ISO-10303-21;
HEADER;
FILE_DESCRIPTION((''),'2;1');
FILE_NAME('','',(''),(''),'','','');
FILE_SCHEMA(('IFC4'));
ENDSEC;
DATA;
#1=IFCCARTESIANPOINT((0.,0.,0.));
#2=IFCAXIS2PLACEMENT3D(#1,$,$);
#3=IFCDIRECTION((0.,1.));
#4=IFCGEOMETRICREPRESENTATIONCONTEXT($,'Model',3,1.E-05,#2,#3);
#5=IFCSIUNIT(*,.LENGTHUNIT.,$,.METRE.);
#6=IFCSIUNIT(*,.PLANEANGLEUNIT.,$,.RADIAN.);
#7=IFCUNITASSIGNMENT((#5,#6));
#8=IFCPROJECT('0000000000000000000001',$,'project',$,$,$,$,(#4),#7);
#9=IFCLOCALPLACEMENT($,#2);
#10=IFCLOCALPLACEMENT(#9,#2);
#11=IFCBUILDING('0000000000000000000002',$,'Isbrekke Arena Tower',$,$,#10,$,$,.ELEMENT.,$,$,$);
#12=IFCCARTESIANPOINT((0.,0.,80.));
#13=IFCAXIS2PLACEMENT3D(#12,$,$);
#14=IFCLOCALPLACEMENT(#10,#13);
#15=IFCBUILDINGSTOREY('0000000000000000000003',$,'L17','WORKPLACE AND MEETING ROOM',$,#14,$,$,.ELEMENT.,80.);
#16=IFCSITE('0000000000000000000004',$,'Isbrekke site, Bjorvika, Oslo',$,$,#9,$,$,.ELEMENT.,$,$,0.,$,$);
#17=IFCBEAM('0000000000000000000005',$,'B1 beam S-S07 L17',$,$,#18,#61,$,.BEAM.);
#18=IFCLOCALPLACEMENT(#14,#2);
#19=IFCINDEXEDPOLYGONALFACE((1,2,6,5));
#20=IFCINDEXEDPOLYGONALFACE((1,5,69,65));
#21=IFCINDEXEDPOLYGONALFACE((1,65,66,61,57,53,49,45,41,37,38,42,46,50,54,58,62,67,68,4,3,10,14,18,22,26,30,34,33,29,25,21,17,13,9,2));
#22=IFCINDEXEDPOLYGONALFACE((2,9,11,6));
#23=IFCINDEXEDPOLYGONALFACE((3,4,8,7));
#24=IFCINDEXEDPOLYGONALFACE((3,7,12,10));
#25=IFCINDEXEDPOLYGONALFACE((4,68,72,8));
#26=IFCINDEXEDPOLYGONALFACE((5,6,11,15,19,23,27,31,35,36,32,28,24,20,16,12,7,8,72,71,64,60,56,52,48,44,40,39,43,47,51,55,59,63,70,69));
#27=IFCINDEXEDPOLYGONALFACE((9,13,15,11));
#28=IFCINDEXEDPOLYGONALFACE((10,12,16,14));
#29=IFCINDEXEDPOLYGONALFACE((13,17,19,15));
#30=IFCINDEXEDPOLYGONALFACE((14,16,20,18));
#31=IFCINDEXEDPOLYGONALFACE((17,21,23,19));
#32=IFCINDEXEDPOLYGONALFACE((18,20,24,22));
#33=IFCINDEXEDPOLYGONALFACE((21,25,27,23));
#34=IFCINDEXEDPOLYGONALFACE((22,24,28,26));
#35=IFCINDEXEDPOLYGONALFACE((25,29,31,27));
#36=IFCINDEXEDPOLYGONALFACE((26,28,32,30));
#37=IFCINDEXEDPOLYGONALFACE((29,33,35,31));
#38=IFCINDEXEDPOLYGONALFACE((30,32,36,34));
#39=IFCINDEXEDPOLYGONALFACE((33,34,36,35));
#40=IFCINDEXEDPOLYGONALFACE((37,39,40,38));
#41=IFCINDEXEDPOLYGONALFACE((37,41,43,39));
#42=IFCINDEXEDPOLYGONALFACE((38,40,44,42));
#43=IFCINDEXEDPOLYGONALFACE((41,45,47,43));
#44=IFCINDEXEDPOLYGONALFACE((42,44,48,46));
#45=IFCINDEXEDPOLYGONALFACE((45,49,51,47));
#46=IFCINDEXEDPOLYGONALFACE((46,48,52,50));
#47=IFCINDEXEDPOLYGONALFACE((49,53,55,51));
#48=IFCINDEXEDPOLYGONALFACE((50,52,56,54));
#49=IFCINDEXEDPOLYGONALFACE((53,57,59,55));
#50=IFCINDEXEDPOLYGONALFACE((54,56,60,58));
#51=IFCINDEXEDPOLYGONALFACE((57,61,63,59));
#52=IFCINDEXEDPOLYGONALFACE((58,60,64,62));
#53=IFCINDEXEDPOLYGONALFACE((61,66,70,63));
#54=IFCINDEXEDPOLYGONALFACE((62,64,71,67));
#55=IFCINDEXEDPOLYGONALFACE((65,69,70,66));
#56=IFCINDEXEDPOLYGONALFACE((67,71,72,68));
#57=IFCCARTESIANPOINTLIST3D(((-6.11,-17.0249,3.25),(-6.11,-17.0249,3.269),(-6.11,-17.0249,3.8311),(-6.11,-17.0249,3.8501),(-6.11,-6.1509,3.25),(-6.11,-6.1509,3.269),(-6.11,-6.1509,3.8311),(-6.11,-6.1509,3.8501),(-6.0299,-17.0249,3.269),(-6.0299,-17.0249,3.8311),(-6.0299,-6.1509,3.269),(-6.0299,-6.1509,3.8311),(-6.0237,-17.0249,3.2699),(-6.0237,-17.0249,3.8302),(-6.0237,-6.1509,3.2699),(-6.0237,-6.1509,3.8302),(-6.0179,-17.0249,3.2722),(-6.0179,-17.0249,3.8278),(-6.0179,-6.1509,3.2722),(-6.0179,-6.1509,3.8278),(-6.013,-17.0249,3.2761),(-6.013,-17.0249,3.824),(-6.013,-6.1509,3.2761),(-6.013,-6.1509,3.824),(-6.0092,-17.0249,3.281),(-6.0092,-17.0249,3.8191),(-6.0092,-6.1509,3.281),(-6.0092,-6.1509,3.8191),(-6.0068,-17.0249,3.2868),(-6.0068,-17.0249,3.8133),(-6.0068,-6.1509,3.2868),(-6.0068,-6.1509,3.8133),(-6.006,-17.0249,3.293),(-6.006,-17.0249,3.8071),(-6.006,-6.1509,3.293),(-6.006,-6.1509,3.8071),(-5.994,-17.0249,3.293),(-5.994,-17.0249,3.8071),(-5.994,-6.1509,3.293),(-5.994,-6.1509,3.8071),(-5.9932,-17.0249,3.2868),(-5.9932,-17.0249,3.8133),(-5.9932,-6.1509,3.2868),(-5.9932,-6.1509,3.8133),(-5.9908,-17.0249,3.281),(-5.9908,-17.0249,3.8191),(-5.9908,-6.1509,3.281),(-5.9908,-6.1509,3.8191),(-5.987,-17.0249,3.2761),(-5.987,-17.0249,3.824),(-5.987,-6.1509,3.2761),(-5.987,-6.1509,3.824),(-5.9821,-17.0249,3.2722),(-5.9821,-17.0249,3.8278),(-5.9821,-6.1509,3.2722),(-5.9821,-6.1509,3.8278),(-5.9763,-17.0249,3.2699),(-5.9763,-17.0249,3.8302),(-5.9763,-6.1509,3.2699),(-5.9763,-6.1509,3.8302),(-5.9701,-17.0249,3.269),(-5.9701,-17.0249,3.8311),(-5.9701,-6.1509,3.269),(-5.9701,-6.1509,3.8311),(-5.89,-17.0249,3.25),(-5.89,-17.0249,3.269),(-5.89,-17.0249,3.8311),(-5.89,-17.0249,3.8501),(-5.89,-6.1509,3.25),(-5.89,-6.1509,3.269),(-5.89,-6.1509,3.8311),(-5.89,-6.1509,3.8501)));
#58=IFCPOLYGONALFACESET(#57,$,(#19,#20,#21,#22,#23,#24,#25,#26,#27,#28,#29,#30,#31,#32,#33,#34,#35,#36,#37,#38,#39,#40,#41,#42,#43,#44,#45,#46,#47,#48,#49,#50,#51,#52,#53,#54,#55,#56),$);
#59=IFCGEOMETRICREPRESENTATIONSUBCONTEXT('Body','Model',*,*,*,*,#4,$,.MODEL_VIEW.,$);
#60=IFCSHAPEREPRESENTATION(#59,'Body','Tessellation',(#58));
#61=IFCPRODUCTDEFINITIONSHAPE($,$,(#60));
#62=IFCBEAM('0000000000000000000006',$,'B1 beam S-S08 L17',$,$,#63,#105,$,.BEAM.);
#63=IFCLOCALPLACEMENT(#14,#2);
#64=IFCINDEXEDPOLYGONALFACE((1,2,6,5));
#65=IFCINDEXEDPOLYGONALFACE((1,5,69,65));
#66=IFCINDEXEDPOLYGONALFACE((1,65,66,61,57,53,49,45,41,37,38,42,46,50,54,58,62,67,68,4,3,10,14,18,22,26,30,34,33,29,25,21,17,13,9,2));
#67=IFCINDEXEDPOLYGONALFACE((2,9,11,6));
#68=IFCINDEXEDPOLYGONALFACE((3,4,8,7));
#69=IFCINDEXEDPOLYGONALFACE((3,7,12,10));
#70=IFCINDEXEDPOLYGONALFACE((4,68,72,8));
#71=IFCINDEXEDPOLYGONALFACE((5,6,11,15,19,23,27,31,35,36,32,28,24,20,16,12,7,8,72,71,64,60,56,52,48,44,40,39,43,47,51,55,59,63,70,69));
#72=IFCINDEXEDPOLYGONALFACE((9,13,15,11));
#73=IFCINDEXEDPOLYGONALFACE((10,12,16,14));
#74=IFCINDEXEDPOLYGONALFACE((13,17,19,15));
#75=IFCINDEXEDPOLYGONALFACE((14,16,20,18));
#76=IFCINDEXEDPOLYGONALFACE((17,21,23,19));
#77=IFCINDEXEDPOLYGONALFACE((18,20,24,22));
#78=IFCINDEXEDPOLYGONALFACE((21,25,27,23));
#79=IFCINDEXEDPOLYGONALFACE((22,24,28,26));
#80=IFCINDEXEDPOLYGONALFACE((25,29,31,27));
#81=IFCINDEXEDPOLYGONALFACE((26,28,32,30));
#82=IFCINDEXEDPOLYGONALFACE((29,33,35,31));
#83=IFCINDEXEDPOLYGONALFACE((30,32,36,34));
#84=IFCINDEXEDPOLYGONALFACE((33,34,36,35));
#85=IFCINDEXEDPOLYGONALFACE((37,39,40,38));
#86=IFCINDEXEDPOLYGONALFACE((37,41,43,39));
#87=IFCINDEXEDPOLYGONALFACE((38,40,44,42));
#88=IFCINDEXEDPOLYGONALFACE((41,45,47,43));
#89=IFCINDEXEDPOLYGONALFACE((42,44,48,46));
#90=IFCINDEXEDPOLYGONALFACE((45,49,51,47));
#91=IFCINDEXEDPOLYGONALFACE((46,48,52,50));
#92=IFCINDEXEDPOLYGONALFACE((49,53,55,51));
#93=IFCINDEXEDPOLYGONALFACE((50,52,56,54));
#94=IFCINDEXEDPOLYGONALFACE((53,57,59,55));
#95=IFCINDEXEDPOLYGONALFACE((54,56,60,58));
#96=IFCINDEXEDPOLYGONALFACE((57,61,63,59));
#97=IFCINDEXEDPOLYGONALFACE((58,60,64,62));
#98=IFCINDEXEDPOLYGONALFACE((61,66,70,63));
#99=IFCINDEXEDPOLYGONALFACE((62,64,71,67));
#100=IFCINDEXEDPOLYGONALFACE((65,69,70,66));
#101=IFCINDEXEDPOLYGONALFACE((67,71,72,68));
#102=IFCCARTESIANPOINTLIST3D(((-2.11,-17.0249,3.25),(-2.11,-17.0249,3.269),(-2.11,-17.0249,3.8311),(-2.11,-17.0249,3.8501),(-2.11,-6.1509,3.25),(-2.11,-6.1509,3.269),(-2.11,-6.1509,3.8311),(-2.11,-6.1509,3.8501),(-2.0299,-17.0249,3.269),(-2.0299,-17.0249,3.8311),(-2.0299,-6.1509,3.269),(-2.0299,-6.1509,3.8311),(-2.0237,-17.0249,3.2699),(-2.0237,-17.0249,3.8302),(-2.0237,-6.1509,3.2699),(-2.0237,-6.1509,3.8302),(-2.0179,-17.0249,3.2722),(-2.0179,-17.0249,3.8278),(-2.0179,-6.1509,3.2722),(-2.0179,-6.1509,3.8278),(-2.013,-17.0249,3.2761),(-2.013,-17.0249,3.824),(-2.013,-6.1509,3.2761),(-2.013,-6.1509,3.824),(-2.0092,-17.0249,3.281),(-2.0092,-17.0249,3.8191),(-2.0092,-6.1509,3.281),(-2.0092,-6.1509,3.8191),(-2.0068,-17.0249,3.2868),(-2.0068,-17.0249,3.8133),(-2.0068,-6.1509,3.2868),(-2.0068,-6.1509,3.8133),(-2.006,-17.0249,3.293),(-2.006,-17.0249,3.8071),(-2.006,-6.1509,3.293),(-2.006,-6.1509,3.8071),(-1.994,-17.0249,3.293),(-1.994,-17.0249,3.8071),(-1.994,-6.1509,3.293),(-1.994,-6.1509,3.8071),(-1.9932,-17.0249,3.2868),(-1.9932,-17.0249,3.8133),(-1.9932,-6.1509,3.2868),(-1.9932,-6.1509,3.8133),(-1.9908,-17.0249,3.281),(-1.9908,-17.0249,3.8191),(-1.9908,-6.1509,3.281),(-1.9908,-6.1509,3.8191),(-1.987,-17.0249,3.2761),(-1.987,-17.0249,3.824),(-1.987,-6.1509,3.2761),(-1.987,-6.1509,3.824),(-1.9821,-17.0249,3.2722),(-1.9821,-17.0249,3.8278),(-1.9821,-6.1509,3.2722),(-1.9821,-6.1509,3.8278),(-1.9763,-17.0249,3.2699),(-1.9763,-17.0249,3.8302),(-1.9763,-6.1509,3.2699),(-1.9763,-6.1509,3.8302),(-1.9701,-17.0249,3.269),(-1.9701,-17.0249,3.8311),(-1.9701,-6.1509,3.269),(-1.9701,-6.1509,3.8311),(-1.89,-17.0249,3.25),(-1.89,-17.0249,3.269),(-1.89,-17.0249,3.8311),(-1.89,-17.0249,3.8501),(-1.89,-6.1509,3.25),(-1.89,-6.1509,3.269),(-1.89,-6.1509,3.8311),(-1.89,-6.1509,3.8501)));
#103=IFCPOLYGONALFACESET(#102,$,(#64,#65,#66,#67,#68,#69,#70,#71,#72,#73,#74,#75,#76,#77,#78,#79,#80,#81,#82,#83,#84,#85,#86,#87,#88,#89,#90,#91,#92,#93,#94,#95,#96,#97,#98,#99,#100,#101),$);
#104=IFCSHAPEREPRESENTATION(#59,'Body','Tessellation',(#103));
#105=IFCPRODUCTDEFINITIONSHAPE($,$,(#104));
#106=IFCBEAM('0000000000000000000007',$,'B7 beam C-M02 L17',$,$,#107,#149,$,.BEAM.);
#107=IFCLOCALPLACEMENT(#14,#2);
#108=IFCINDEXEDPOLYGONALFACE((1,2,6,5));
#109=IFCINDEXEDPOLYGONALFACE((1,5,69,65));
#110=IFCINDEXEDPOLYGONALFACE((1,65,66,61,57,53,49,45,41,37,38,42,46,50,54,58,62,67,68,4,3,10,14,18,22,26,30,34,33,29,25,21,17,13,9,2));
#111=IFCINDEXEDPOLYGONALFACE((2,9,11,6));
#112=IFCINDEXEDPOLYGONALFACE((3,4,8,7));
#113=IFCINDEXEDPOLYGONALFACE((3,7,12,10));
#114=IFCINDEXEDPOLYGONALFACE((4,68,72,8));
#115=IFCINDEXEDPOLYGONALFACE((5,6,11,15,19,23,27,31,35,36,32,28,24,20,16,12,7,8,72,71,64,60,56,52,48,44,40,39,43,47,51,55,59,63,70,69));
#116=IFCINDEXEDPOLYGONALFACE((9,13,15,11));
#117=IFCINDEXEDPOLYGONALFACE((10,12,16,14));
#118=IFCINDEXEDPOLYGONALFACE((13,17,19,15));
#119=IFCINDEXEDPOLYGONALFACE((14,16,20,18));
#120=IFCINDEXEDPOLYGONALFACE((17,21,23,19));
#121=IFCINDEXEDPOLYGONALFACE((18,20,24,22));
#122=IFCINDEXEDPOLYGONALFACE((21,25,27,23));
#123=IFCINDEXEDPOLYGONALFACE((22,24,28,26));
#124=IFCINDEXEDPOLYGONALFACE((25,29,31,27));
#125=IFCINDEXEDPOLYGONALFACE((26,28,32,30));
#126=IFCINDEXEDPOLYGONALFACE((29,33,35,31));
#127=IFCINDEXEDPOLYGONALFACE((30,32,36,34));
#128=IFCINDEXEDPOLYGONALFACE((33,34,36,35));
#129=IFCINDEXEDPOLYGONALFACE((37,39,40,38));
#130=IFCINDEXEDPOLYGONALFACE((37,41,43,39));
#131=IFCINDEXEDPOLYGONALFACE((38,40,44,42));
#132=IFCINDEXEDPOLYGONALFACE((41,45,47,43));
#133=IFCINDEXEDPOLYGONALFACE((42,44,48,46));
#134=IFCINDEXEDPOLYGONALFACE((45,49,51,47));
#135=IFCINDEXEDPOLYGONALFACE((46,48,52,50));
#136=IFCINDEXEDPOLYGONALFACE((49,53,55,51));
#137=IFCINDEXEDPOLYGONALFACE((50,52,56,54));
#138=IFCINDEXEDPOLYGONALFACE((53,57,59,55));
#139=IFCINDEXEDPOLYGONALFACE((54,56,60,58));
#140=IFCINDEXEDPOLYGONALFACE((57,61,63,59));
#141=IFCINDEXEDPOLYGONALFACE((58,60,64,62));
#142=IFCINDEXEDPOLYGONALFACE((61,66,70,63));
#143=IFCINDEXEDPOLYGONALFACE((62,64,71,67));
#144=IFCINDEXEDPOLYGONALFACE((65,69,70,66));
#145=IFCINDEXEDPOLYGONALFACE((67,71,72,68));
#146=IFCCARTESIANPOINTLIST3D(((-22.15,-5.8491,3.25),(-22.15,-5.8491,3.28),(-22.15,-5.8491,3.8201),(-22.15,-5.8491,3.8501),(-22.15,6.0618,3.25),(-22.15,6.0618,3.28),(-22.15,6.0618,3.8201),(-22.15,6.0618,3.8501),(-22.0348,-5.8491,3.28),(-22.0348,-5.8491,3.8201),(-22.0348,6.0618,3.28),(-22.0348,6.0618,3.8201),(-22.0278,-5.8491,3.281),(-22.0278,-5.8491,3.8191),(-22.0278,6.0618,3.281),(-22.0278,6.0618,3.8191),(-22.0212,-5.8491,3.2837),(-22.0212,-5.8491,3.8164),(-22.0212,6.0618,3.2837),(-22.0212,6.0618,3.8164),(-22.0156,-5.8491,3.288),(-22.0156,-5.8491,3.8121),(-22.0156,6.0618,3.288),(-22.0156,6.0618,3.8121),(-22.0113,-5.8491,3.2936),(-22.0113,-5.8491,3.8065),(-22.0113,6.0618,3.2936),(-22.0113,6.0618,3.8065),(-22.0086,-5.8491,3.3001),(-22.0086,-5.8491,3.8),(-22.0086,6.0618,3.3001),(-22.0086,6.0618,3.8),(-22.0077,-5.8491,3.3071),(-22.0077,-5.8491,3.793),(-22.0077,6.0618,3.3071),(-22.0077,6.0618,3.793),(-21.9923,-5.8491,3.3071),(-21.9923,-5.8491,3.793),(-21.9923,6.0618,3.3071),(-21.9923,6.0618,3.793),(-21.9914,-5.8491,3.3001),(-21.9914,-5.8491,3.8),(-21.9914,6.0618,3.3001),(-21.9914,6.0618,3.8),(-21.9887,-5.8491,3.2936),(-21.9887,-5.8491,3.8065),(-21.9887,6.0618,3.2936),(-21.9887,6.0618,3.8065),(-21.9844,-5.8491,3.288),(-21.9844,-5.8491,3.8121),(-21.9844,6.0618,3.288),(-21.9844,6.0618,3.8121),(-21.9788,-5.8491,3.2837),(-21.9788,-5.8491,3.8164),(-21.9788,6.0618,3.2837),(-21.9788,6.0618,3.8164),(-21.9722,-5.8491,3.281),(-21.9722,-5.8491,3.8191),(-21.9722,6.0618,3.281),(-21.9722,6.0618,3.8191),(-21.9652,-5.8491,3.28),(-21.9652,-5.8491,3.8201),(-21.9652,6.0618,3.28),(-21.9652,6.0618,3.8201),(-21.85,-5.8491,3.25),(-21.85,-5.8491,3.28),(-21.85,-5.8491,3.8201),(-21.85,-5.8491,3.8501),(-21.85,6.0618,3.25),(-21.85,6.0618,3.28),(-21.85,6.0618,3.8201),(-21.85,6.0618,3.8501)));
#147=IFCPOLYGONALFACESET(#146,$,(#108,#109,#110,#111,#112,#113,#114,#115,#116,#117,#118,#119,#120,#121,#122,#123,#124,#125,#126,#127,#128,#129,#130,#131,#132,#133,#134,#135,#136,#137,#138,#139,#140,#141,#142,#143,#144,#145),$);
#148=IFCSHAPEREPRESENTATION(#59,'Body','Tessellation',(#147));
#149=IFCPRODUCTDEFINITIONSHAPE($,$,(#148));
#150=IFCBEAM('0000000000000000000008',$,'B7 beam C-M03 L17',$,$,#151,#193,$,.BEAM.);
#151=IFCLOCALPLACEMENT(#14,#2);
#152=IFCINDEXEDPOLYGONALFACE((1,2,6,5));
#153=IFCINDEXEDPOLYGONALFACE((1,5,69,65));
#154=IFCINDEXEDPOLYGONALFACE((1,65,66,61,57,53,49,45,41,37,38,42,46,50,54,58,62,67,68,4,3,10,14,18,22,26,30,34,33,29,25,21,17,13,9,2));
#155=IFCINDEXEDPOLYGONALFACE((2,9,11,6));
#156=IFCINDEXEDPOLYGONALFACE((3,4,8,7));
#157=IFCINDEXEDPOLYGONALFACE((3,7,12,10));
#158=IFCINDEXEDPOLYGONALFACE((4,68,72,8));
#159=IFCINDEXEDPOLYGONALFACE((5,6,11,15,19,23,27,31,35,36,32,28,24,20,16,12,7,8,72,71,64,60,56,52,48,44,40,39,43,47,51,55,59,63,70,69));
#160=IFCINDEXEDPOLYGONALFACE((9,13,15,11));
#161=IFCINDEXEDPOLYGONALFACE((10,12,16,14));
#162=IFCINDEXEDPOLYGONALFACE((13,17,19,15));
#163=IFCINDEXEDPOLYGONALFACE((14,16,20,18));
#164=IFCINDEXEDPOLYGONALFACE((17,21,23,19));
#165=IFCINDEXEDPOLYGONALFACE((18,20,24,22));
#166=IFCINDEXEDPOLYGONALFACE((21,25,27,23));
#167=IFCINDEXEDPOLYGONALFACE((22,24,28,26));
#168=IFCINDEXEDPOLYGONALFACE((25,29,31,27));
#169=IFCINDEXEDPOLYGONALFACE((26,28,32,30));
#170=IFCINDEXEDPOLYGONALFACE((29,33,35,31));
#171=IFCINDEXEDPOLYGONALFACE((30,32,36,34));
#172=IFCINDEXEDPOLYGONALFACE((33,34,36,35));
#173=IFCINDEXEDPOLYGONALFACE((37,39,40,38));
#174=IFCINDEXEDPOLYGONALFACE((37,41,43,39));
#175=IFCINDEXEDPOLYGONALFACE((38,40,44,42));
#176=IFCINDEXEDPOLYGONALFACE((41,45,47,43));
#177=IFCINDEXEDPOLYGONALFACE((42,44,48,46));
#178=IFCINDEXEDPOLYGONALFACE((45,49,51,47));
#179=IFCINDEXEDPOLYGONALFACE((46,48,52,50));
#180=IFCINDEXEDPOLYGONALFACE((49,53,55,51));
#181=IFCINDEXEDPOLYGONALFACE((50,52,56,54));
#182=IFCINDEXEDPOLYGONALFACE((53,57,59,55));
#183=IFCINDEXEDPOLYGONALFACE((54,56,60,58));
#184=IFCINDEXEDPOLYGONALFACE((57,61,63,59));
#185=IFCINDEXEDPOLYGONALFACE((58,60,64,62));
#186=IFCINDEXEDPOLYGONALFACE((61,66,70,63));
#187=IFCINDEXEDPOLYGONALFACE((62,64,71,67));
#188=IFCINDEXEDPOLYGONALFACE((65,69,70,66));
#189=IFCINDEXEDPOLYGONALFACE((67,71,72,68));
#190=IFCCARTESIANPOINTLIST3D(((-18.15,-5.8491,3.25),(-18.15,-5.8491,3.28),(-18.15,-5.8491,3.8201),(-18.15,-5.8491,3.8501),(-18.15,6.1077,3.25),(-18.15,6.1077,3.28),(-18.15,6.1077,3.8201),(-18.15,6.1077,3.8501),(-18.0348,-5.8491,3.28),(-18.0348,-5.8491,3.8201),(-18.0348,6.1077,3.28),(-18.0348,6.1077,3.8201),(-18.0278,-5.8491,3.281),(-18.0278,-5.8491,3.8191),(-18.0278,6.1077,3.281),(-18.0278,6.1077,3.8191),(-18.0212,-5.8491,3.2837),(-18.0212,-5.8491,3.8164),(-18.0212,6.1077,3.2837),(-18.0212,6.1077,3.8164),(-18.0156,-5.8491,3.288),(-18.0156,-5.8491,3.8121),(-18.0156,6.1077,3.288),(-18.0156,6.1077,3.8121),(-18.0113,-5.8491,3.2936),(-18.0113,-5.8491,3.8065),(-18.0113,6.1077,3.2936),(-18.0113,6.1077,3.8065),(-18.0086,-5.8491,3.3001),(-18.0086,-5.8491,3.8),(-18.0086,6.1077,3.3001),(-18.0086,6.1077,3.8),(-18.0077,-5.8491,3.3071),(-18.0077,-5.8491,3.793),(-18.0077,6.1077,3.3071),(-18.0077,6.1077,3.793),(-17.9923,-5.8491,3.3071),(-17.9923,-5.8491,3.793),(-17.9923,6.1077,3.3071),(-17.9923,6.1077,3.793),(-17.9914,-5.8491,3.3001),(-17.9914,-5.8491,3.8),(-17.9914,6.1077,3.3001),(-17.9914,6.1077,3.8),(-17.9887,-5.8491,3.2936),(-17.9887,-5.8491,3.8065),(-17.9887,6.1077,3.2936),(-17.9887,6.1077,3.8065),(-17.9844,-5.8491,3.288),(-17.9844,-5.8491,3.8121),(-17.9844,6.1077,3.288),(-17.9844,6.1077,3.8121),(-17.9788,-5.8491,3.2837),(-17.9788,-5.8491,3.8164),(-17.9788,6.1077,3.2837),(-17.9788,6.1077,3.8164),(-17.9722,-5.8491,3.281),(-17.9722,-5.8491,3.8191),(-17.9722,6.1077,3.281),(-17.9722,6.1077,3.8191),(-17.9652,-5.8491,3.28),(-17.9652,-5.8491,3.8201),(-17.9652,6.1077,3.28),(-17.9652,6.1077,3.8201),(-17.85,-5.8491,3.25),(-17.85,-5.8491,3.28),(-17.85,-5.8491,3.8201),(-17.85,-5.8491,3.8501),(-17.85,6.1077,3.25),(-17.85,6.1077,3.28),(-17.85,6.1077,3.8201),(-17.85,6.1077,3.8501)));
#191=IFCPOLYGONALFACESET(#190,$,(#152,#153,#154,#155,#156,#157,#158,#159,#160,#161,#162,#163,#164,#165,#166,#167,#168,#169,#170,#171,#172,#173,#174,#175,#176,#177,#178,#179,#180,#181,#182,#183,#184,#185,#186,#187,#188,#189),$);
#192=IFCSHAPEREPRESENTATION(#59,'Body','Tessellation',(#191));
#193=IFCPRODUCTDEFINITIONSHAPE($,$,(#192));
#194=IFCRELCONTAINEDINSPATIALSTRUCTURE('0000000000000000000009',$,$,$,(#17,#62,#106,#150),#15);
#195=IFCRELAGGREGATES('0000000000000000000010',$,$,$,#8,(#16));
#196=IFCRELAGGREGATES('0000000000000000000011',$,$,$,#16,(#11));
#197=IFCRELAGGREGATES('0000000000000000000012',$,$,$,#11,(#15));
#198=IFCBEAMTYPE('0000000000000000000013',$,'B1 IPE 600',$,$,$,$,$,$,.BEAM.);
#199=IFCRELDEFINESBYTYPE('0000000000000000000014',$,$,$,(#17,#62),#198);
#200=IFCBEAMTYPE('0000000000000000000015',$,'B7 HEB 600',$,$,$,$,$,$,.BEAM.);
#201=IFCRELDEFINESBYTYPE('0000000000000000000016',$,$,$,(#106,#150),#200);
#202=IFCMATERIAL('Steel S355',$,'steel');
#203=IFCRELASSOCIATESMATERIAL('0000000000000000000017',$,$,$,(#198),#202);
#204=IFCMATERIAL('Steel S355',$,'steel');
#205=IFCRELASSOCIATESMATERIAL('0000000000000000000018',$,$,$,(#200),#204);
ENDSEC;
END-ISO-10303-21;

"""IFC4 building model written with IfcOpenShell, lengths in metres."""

from ifc_helpers import new_model, si_unit, direction, frame, origin, origin_2d, place, context, subcontext, project, spatial, i_section, extrude, material, material_profile, profile_set, type_object, element, save


model = new_model("IFC4")

# Units and contexts
model_context = context("Model", 3, precision=1e-05, world=origin(), true_north=direction((0.0, 1.0)))
body_context = subcontext(model_context, "Body", "Model", "MODEL_VIEW")
ifc_project = project(units=[si_unit("LENGTHUNIT", "METRE"), si_unit("PLANEANGLEUNIT", "RADIAN")], contexts=[model_context])

# Site, building, storey
site_placement = place(None, origin())
site = spatial("IfcSite", under=ifc_project, at=site_placement, Name="Isbrekke site, Bjorvika, Oslo", CompositionType="ELEMENT", RefElevation=0.0)
building_placement = place(site_placement, origin())
building = spatial("IfcBuilding", under=site, at=building_placement, Name="Isbrekke Arena Tower", CompositionType="ELEMENT")
storey_placement = place(building_placement, frame((0.0, 0.0, 80.0)))
storey = spatial("IfcBuildingStorey", under=building, at=storey_placement, Name="L17", Description="WORKPLACE AND MEETING ROOM", CompositionType="ELEMENT", Elevation=80.0)

# Beams
ifc_material_1 = material(Name="Steel S355", Category="steel")
ifc_material_profile_1 = material_profile(ifc_material_1, i_section(OverallWidth=0.22, OverallDepth=0.6001, WebThickness=0.012, FlangeThickness=0.019, FilletRadius=0.0239, at=origin_2d()), Name="IPE 600")
ifc_profile_set_1 = profile_set([ifc_material_profile_1], Name="Steel S355")
beam_type_1 = type_object("IfcBeamType", Name="B1 IPE 600", PredefinedType="BEAM", material=ifc_profile_set_1)
for number, where, z_axis, x_axis, name in (
    (1, (-6.0, -17.0249, 3.55), (0.0, 1.0, 0.0), (-1.0, 0.0, 0.0), "B1 beam S-S07 L17"),
    (2, (-2.0, -17.0249, 3.55), (0.0, 1.0, 0.0), (-1.0, 0.0, 0.0), "B1 beam S-S08 L17"),
):
    element("IfcBeam", number, at=place(storey_placement, frame(where, z_axis=z_axis, x_axis=x_axis)), inside=storey, type_object=beam_type_1, Name=name, PredefinedType="BEAM", context=body_context, shape_type="SweptSolid", body=[
        extrude(i_section(OverallWidth=0.22, OverallDepth=0.6001, WebThickness=0.012, FlangeThickness=0.019, FilletRadius=0.0239, at=origin_2d()), origin(), (0.0, 0.0, 1.0), 10.874),
    ])
ifc_material_2 = material(Name="Steel S355", Category="steel")
ifc_material_profile_2 = material_profile(ifc_material_2, i_section(OverallWidth=0.3, OverallDepth=0.6001, WebThickness=0.0154, FlangeThickness=0.03, FilletRadius=0.0271, at=origin_2d()), Name="HEB 600")
ifc_profile_set_2 = profile_set([ifc_material_profile_2], Name="Steel S355")
beam_type_2 = type_object("IfcBeamType", Name="B7 HEB 600", PredefinedType="BEAM", material=ifc_profile_set_2)
beam_1_placement = place(storey_placement, frame((-22.0, -5.8491, 3.55), z_axis=(0.0, 1.0, 0.0), x_axis=(-1.0, 0.0, 0.0)))
element("IfcBeam", 3, at=beam_1_placement, inside=storey, type_object=beam_type_2, Name="B7 beam C-M02 L17", PredefinedType="BEAM", context=body_context, shape_type="SweptSolid", body=[
    extrude(i_section(OverallWidth=0.3, OverallDepth=0.6001, WebThickness=0.0154, FlangeThickness=0.03, FilletRadius=0.0271, at=origin_2d()), origin(), (0.0, 0.0, 1.0), 11.9109),
])
beam_2_placement = place(storey_placement, frame((-18.0, -5.8491, 3.55), z_axis=(0.0, 1.0, 0.0), x_axis=(-1.0, 0.0, 0.0)))
element("IfcBeam", 4, at=beam_2_placement, inside=storey, type_object=beam_type_2, Name="B7 beam C-M03 L17", PredefinedType="BEAM", context=body_context, shape_type="SweptSolid", body=[
    extrude(i_section(OverallWidth=0.3, OverallDepth=0.6001, WebThickness=0.0154, FlangeThickness=0.03, FilletRadius=0.0271, at=origin_2d()), origin(), (0.0, 0.0, 1.0), 11.9568),
])

save(model, "model.ifc")
